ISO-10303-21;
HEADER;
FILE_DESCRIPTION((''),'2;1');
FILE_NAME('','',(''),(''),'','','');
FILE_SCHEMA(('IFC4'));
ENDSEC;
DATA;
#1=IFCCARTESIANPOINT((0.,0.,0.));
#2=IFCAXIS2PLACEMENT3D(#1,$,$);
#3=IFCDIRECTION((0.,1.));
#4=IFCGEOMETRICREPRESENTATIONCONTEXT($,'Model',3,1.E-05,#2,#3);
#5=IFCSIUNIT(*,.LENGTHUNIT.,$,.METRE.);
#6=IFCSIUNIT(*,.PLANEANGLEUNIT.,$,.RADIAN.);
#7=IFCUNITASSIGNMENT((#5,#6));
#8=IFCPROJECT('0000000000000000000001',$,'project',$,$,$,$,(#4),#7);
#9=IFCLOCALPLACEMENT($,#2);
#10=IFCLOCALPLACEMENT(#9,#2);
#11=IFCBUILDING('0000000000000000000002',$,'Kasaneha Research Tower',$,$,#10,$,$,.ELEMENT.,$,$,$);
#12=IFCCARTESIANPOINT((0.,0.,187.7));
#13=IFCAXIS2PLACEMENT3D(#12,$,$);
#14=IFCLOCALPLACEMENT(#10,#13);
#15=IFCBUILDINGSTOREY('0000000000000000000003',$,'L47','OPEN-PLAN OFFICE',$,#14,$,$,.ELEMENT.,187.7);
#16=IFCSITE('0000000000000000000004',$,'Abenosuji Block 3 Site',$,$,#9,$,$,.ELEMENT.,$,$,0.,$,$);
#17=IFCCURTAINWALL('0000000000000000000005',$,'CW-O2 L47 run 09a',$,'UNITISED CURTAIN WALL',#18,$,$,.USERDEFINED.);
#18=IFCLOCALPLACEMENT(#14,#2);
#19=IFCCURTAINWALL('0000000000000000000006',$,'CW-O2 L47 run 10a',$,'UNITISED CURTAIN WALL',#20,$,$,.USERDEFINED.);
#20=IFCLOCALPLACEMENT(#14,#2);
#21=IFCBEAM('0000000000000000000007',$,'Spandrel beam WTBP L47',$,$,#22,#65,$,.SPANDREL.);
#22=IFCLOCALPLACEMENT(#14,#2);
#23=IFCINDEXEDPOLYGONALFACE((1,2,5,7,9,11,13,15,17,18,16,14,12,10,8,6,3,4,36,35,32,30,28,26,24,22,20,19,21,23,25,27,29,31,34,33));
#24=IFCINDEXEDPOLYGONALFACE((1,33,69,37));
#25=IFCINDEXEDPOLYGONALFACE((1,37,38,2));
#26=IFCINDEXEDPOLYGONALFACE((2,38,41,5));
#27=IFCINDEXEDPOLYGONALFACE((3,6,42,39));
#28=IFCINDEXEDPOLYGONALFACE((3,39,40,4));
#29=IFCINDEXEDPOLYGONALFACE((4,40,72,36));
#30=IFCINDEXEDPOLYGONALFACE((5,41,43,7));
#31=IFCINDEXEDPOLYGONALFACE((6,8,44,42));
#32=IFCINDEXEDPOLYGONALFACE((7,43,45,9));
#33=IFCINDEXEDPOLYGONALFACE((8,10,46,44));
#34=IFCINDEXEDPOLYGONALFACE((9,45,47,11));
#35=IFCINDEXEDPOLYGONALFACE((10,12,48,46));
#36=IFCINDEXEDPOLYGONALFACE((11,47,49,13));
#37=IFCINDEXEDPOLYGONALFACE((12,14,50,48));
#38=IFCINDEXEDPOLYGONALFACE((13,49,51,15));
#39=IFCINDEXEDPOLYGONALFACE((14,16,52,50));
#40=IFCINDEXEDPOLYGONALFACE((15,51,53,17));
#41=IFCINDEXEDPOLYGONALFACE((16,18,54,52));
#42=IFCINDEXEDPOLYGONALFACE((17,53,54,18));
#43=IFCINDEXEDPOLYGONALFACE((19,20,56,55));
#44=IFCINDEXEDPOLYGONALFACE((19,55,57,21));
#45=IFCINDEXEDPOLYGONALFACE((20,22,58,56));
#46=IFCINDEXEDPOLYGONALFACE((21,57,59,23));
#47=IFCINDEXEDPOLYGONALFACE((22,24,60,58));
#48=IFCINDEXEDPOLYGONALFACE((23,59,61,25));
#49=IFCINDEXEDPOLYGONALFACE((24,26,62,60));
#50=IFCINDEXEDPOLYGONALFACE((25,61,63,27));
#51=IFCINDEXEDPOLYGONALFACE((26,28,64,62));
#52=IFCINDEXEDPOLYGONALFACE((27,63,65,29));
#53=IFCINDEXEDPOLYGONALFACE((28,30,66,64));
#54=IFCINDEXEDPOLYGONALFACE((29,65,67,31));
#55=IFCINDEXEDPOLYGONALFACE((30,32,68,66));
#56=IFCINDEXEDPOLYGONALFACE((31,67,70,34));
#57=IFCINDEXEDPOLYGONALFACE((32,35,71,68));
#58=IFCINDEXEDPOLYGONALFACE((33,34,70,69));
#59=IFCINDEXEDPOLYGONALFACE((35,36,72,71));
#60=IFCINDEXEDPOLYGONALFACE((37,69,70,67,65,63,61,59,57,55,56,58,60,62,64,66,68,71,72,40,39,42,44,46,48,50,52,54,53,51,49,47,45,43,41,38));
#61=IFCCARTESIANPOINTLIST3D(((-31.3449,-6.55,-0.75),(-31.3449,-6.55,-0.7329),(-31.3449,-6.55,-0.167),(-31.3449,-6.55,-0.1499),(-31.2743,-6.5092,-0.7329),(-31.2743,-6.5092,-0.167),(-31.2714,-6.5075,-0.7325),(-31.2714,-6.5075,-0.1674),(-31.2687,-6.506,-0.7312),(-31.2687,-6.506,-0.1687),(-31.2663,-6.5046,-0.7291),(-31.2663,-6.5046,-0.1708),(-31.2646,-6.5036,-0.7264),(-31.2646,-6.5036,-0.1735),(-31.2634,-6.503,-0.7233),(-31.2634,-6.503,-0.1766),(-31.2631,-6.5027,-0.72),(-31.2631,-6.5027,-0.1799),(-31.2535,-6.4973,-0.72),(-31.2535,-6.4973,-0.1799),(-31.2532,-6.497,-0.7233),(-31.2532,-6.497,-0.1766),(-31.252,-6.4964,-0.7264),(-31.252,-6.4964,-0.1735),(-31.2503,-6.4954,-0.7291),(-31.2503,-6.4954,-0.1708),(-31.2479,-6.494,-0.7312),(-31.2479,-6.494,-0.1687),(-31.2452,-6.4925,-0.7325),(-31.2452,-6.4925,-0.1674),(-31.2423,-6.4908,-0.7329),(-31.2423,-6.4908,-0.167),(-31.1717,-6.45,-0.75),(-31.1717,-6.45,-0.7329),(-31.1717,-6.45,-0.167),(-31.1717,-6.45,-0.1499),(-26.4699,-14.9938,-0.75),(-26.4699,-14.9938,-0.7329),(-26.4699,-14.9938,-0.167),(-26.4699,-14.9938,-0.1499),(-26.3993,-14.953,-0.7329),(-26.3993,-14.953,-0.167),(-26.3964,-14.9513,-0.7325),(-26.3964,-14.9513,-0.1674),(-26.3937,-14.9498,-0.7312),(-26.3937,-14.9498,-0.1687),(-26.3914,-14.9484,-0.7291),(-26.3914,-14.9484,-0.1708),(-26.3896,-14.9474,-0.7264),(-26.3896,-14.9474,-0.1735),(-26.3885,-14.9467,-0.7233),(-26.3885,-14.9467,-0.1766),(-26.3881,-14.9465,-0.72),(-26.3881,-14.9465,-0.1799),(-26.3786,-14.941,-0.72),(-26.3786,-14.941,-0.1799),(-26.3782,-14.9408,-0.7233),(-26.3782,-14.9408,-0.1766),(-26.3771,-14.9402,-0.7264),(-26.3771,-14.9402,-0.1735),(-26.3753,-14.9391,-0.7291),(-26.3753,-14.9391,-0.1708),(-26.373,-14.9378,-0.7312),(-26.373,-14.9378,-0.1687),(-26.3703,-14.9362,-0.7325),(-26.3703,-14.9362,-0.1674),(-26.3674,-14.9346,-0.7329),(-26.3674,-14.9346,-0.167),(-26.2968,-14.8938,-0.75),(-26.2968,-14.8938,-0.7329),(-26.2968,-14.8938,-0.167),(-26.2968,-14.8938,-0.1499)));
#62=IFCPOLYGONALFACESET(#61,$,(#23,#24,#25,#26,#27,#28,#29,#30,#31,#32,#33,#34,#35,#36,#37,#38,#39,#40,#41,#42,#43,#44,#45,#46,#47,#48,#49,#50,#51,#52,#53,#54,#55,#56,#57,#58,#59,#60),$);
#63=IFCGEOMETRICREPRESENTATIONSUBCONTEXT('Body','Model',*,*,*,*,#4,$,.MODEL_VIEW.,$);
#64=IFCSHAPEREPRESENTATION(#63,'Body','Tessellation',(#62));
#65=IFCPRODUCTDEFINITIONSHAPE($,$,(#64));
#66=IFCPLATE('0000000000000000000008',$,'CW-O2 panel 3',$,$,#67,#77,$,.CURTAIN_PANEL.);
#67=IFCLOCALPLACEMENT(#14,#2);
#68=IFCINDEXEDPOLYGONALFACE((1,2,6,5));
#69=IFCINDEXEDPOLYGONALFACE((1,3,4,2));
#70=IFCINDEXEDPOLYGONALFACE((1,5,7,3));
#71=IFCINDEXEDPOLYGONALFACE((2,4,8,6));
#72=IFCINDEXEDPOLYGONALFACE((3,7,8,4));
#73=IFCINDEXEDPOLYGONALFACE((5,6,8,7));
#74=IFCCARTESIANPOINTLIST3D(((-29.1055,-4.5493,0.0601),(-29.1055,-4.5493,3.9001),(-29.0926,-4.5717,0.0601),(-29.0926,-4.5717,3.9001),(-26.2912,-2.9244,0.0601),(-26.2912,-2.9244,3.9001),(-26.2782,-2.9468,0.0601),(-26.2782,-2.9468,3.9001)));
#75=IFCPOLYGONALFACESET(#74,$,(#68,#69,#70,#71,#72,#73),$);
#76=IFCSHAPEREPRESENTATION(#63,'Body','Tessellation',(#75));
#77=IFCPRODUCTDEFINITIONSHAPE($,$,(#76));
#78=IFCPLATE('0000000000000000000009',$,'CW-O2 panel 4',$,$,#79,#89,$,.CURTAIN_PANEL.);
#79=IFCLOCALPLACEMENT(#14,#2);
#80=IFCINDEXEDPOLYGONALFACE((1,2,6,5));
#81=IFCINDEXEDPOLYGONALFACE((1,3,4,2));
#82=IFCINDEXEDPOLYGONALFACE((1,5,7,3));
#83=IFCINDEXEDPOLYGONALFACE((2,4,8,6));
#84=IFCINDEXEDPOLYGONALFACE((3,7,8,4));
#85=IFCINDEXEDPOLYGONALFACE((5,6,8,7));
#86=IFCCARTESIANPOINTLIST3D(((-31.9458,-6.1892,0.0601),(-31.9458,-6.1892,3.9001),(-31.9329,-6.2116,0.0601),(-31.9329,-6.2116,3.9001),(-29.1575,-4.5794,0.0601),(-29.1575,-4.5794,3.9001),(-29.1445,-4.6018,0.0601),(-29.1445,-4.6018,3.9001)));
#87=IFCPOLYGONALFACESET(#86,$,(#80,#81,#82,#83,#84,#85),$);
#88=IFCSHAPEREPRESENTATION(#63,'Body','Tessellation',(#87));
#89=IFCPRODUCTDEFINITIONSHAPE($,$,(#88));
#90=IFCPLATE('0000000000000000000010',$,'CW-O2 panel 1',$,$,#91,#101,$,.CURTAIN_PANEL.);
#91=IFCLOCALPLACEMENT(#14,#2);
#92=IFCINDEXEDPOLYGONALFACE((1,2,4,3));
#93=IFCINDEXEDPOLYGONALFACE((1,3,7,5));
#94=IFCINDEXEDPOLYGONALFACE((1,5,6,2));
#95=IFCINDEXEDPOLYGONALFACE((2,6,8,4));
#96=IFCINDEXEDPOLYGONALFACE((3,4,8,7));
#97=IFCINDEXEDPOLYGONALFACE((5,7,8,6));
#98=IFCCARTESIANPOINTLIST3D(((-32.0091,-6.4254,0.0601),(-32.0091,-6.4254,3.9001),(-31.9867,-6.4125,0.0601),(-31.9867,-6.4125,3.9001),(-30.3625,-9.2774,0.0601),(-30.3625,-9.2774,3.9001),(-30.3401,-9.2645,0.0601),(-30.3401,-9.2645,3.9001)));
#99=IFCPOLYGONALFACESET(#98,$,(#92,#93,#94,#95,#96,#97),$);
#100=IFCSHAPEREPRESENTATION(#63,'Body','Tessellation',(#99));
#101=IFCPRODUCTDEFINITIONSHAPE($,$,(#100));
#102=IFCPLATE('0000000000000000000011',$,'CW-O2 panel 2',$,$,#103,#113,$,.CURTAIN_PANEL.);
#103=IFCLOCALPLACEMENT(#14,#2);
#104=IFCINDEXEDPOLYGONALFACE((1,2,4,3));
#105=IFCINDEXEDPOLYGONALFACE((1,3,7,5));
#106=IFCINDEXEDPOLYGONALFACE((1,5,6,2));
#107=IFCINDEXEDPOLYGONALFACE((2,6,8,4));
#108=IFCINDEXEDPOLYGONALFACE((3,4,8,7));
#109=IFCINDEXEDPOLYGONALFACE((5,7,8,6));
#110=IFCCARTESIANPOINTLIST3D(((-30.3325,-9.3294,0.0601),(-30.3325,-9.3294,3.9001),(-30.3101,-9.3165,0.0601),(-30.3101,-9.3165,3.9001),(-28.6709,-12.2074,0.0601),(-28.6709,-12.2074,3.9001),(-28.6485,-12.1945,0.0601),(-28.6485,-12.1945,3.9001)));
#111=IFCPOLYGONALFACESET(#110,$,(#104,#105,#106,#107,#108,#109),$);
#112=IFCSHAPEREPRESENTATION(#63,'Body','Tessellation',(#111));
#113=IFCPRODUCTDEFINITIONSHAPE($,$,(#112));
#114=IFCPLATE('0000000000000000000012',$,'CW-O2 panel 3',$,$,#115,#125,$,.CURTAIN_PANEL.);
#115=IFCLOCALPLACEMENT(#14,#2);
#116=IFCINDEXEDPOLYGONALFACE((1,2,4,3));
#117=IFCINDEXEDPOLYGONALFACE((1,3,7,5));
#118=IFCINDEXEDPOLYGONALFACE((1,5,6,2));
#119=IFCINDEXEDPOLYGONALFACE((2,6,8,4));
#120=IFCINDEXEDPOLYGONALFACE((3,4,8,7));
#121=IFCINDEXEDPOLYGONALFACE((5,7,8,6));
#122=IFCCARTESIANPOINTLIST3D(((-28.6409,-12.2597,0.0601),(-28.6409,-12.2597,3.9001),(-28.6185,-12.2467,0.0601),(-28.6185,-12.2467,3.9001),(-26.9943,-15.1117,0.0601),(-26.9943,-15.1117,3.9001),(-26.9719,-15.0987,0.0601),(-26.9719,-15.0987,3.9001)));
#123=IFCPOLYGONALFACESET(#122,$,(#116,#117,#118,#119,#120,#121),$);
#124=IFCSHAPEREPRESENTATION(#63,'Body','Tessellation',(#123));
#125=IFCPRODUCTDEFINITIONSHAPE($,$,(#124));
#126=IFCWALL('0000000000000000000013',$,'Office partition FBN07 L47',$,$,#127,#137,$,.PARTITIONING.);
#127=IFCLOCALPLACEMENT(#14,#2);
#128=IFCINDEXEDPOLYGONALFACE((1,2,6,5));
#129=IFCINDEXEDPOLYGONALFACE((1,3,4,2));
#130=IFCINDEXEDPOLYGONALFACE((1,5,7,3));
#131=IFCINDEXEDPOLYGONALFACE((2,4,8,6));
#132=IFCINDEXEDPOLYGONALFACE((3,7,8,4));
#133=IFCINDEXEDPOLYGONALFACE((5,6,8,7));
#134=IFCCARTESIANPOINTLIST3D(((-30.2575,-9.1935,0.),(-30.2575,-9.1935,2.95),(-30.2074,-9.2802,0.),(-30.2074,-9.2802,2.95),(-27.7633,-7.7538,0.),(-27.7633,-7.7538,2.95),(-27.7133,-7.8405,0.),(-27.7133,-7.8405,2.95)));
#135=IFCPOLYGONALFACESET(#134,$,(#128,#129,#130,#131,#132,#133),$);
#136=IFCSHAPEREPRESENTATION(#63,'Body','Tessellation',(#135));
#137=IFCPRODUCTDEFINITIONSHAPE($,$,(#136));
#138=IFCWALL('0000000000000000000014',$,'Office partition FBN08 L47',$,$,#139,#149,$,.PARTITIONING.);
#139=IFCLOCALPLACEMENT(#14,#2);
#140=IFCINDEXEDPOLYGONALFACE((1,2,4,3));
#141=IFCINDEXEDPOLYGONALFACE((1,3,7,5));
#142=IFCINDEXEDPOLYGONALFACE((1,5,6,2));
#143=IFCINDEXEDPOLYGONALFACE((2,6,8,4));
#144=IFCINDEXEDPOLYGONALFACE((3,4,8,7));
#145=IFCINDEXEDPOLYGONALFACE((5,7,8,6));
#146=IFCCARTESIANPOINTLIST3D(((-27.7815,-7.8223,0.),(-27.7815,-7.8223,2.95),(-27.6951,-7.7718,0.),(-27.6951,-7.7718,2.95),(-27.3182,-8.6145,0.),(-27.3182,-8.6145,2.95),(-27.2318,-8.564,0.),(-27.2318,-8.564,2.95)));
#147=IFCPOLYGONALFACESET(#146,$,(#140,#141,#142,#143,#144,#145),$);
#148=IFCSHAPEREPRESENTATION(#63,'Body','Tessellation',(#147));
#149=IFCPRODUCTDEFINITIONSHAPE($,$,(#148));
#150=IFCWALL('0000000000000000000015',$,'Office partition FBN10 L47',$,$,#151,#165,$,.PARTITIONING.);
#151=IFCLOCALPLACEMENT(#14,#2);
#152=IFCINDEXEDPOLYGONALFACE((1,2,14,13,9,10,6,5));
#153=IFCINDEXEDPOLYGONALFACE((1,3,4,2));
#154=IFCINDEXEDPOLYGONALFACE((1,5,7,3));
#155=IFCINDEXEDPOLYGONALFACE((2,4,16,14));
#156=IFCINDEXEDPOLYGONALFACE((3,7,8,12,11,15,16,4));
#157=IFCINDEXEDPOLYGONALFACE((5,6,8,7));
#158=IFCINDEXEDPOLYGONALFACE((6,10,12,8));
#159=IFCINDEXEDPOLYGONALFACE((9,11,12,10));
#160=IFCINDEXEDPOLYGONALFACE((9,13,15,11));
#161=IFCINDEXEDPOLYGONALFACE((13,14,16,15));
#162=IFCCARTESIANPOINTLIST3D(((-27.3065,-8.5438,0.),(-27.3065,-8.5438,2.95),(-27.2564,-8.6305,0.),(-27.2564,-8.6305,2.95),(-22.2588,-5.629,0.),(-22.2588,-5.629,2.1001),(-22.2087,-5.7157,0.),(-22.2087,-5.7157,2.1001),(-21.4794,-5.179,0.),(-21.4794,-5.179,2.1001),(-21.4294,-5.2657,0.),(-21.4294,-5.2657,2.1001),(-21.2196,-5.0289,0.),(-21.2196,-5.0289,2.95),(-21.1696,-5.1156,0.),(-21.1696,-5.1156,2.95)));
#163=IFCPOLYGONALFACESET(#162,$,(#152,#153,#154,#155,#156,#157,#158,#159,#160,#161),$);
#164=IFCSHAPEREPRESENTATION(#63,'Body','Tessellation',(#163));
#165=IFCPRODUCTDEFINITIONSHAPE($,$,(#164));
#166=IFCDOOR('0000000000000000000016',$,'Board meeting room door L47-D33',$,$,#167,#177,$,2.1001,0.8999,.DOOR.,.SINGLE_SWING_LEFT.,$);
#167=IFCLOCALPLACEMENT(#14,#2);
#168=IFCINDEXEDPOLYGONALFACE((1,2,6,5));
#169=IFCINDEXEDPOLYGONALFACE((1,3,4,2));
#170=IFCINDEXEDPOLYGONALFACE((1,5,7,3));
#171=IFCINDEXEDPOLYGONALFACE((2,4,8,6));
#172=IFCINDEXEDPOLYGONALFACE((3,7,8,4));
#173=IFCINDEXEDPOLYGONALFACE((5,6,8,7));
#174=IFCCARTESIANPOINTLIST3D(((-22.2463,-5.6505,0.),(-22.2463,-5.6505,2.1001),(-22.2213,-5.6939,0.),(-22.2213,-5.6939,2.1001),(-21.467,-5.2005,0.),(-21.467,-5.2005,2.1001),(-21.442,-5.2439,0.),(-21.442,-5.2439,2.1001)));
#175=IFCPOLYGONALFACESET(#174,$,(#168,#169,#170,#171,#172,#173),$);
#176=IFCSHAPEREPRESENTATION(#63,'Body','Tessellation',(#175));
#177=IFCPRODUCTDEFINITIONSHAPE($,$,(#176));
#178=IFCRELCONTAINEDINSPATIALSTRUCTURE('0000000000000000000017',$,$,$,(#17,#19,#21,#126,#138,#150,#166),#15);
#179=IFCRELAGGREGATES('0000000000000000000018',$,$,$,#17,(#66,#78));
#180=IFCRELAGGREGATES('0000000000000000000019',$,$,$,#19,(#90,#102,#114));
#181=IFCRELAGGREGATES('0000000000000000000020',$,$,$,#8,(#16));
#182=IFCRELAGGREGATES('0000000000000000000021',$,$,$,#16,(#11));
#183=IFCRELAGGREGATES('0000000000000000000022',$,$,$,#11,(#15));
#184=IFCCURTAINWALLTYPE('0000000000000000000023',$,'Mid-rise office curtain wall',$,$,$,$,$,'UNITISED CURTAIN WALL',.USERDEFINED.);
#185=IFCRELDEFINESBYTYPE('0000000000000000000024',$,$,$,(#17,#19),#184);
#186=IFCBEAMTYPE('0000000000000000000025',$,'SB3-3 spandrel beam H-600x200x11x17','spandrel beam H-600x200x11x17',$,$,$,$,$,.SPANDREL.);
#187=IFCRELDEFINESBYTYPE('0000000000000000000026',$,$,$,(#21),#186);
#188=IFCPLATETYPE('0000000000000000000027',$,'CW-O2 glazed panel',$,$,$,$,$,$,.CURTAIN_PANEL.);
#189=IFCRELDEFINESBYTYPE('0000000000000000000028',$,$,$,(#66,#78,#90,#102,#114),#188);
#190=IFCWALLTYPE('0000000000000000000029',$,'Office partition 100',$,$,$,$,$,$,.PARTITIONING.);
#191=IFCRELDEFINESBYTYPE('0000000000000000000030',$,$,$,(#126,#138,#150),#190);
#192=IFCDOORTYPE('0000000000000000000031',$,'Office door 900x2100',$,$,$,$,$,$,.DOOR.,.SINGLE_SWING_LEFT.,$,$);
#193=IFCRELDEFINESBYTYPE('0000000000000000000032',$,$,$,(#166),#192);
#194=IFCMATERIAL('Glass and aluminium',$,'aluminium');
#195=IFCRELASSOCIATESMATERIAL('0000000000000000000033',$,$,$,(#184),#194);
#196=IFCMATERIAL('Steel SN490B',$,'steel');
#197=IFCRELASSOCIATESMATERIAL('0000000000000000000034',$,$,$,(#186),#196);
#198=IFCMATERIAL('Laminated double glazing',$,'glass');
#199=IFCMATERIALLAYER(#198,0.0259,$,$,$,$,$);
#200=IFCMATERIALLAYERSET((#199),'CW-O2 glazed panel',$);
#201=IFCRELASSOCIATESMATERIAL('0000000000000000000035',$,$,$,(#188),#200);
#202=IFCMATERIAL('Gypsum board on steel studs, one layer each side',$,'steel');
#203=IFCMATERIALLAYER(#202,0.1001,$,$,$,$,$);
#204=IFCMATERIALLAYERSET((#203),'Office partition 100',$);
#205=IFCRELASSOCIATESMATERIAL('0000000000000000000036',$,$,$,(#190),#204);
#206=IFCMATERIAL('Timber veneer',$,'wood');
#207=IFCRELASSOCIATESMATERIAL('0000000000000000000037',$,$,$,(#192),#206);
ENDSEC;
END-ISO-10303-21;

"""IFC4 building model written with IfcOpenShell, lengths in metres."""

from ifc_helpers import new_model, si_unit, direction, frame, frame_2d, origin, origin_2d, place, context, subcontext, project, spatial, rectangle, i_section, extrude, material, layer, layer_set, material_profile, profile_set, type_object, element, fill, aggregate, save


model = new_model("IFC4")

# Units and contexts
model_context = context("Model", 3, precision=1e-05, world=origin(), true_north=direction((0.0, 1.0)))
body_context = subcontext(model_context, "Body", "Model", "MODEL_VIEW")
ifc_project = project(units=[si_unit("LENGTHUNIT", "METRE"), si_unit("PLANEANGLEUNIT", "RADIAN")], contexts=[model_context])

# Site, building, storey
site_placement = place(None, origin())
site = spatial("IfcSite", under=ifc_project, at=site_placement, Name="Abenosuji Block 3 Site", CompositionType="ELEMENT", RefElevation=0.0)
building_placement = place(site_placement, origin())
building = spatial("IfcBuilding", under=site, at=building_placement, Name="Kasaneha Research Tower", CompositionType="ELEMENT")
storey_placement = place(building_placement, frame((0.0, 0.0, 187.7)))
storey = spatial("IfcBuildingStorey", under=building, at=storey_placement, Name="L47", Description="OPEN-PLAN OFFICE", CompositionType="ELEMENT", Elevation=187.7)

# Curtain walls
ifc_material_1 = material(Name="Glass and aluminium", Category="aluminium")
curtain_wall_type = type_object("IfcCurtainWallType", Name="Mid-rise office curtain wall", ElementType="UNITISED CURTAIN WALL", PredefinedType="USERDEFINED", material=ifc_material_1)
curtain_wall_1_placement = place(storey_placement, origin())
curtain_wall_1 = element("IfcCurtainWall", 1, at=curtain_wall_1_placement, inside=storey, type_object=curtain_wall_type, Name="CW-O2 L47 run 09a", ObjectType="UNITISED CURTAIN WALL", PredefinedType="USERDEFINED")
curtain_wall_2_placement = place(storey_placement, origin())
curtain_wall_2 = element("IfcCurtainWall", 2, at=curtain_wall_2_placement, inside=storey, type_object=curtain_wall_type, Name="CW-O2 L47 run 10a", ObjectType="UNITISED CURTAIN WALL", PredefinedType="USERDEFINED")

# Beam
ifc_material_2 = material(Name="Steel SN490B", Category="steel")
ifc_material_profile_1 = material_profile(ifc_material_2, i_section(OverallWidth=0.2, OverallDepth=0.6001, WebThickness=0.011, FlangeThickness=0.0171, FilletRadius=0.0129, at=origin_2d()), Name="H-600x200x11x17")
ifc_profile_set_1 = profile_set([ifc_material_profile_1], Name="Steel SN490B")
beam_type_1 = type_object("IfcBeamType", Name="SB3-3 spandrel beam H-600x200x11x17", Description="spandrel beam H-600x200x11x17", PredefinedType="SPANDREL", material=ifc_profile_set_1)
beam_1_placement = place(storey_placement, frame((-31.2583, -6.5, -0.45), z_axis=(0.499996, -0.866028, 0.0), x_axis=(0.866028, 0.499996, 0.0)))
element("IfcBeam", 3, at=beam_1_placement, inside=storey, type_object=beam_type_1, Name="Spandrel beam WTBP L47", PredefinedType="SPANDREL", context=body_context, shape_type="SweptSolid", body=[
    extrude(i_section(OverallWidth=0.2, OverallDepth=0.6001, WebThickness=0.011, FlangeThickness=0.0171, FilletRadius=0.0129, at=origin_2d()), origin(), (0.0, 0.0, 1.0), 9.75),
])

# Plates
ifc_material_3 = material(Name="Laminated double glazing", Category="glass")
ifc_layer_1 = layer(ifc_material_3, 0.0259)
ifc_layer_set_1 = layer_set([ifc_layer_1], Name="CW-O2 glazed panel")
plate_type = type_object("IfcPlateType", Name="CW-O2 glazed panel", PredefinedType="CURTAIN_PANEL", material=ifc_layer_set_1)
plate_1_placement = place(storey_placement, frame((-27.6919, -3.748, 0.0601), z_axis=(0.0, 0.0, 1.0), x_axis=(-0.866025, -0.5, 0.0)))
plate_1 = element("IfcPlate", 4, at=plate_1_placement, type_object=plate_type, Name="CW-O2 panel 3", PredefinedType="CURTAIN_PANEL", context=body_context, shape_type="SweptSolid", body=[
    extrude(rectangle(XDim=3.2498, YDim=0.0259, at=origin_2d()), origin(), (0.0, 0.0, 1.0), 3.8401),
])
plate_2_placement = place(storey_placement, frame((-30.5452, -5.3955, 0.0601), z_axis=(0.0, 0.0, 1.0), x_axis=(-0.866025, -0.5, 0.0)))
plate_2 = element("IfcPlate", 5, at=plate_2_placement, type_object=plate_type, Name="CW-O2 panel 4", PredefinedType="CURTAIN_PANEL", context=body_context, shape_type="SweptSolid", body=[
    extrude(rectangle(XDim=3.2197, YDim=0.0259, at=origin_2d()), origin(), (0.0, 0.0, 1.0), 3.8401),
])
aggregate(curtain_wall_1, [plate_1, plate_2])
plate_3_placement = place(storey_placement, frame((-31.1746, -7.845, 0.0601), z_axis=(0.0, 0.0, 1.0), x_axis=(0.5, -0.866025, 0.0)))
plate_3 = element("IfcPlate", 6, at=plate_3_placement, type_object=plate_type, Name="CW-O2 panel 1", PredefinedType="CURTAIN_PANEL", context=body_context, shape_type="SweptSolid", body=[
    extrude(rectangle(XDim=3.2932, YDim=0.0259, at=origin_2d()), origin(), (0.0, 0.0, 1.0), 3.8401),
])
plate_4_placement = place(storey_placement, frame((-29.4905, -10.762, 0.0601), z_axis=(0.0, 0.0, 1.0), x_axis=(0.5, -0.866025, 0.0)))
plate_4 = element("IfcPlate", 7, at=plate_4_placement, type_object=plate_type, Name="CW-O2 panel 2", PredefinedType="CURTAIN_PANEL", context=body_context, shape_type="SweptSolid", body=[
    extrude(rectangle(XDim=3.3232, YDim=0.0259, at=origin_2d()), origin(), (0.0, 0.0, 1.0), 3.8401),
])
plate_5_placement = place(storey_placement, frame((-27.8064, -13.6792, 0.0601), z_axis=(0.0, 0.0, 1.0), x_axis=(0.5, -0.866025, 0.0)))
plate_5 = element("IfcPlate", 8, at=plate_5_placement, type_object=plate_type, Name="CW-O2 panel 3", PredefinedType="CURTAIN_PANEL", context=body_context, shape_type="SweptSolid", body=[
    extrude(rectangle(XDim=3.2932, YDim=0.0259, at=origin_2d()), origin(), (0.0, 0.0, 1.0), 3.8401),
])
aggregate(curtain_wall_2, [plate_3, plate_4, plate_5])

# Walls
ifc_material_4 = material(Name="Gypsum board on steel studs, one layer each side", Category="steel")
ifc_layer_2 = layer(ifc_material_4, 0.1001)
ifc_layer_set_2 = layer_set([ifc_layer_2], Name="Office partition 100")
wall_type_1 = type_object("IfcWallType", Name="Office partition 100", PredefinedType="PARTITIONING", material=ifc_layer_set_2)
wall_1_placement = place(storey_placement, frame((-27.7383, -7.7971, 0.0), z_axis=(0.0, 0.0, 1.0), x_axis=(-0.86607, -0.499923, 0.0)))
element("IfcWall", 9, at=wall_1_placement, inside=storey, type_object=wall_type_1, Name="Office partition FBN07 L47", PredefinedType="PARTITIONING", context=body_context, shape_type="SweptSolid", body=[
    extrude(rectangle(XDim=2.8799, YDim=0.1001, at=frame_2d((1.4399, 0.0))), origin(), (0.0, 0.0, 1.0), 2.95),
])
wall_2_placement = place(storey_placement, frame((-27.2749, -8.5894, 0.0), z_axis=(0.0, 0.0, 1.0), x_axis=(-0.50488, 0.86319, 0.0)))
element("IfcWall", 10, at=wall_2_placement, inside=storey, type_object=wall_type_1, Name="Office partition FBN08 L47", PredefinedType="PARTITIONING", context=body_context, shape_type="SweptSolid", body=[
    extrude(rectangle(XDim=0.9177, YDim=0.1001, at=frame_2d((0.459, 0.0))), origin(), (0.0, 0.0, 1.0), 2.95),
])

# Wall, opening, door
wall_3_placement = place(storey_placement, frame((-21.1946, -5.0723, 0.0), z_axis=(0.0, 0.0, 1.0), x_axis=(-0.865988, -0.500065, 0.0)))
wall_3 = element("IfcWall", 11, at=wall_3_placement, inside=storey, type_object=wall_type_1, Name="Office partition FBN10 L47", PredefinedType="PARTITIONING", context=body_context, shape_type="SweptSolid", body=[
    extrude(rectangle(XDim=7.0288, YDim=0.1001, at=frame_2d((3.5144, 0.0))), origin(), (0.0, 0.0, 1.0), 2.95),
])
opening_1_placement = place(wall_3_placement, frame((0.3, 0.0, 0.0)))
opening_1 = element("IfcOpeningElement", 12, at=opening_1_placement, cuts=wall_3, PredefinedType="OPENING", context=body_context, shape_type="SweptSolid", body=[
    extrude(rectangle(XDim=0.8999, YDim=2.1001, at=frame_2d((0.45, 1.05))), frame((0.0, 0.0601, 0.0), z_axis=(0.0, -1.0, 0.0), x_axis=(1.0, 0.0, 0.0)), (0.0, 0.0, 1.0), 0.1201),
])
ifc_material_5 = material(Name="Timber veneer", Category="wood")
door_type_1 = type_object("IfcDoorType", Name="Office door 900x2100", OperationType="SINGLE_SWING_LEFT", PredefinedType="DOOR", material=ifc_material_5)
door_1_placement = place(opening_1_placement, origin())
door_1 = element("IfcDoor", 13, at=door_1_placement, inside=storey, type_object=door_type_1, Name="Board meeting room door L47-D33", OperationType="SINGLE_SWING_LEFT", OverallHeight=2.1001, OverallWidth=0.8999, PredefinedType="DOOR", context=body_context, shape_type="SweptSolid", body=[
    extrude(rectangle(XDim=0.8999, YDim=2.1001, at=frame_2d((0.45, 1.05))), frame((0.0, 0.0249, 0.0), z_axis=(0.0, -1.0, 0.0), x_axis=(1.0, 0.0, 0.0)), (0.0, 0.0, 1.0), 0.05),
])
fill(opening_1, door_1)

save(model, "model.ifc")
